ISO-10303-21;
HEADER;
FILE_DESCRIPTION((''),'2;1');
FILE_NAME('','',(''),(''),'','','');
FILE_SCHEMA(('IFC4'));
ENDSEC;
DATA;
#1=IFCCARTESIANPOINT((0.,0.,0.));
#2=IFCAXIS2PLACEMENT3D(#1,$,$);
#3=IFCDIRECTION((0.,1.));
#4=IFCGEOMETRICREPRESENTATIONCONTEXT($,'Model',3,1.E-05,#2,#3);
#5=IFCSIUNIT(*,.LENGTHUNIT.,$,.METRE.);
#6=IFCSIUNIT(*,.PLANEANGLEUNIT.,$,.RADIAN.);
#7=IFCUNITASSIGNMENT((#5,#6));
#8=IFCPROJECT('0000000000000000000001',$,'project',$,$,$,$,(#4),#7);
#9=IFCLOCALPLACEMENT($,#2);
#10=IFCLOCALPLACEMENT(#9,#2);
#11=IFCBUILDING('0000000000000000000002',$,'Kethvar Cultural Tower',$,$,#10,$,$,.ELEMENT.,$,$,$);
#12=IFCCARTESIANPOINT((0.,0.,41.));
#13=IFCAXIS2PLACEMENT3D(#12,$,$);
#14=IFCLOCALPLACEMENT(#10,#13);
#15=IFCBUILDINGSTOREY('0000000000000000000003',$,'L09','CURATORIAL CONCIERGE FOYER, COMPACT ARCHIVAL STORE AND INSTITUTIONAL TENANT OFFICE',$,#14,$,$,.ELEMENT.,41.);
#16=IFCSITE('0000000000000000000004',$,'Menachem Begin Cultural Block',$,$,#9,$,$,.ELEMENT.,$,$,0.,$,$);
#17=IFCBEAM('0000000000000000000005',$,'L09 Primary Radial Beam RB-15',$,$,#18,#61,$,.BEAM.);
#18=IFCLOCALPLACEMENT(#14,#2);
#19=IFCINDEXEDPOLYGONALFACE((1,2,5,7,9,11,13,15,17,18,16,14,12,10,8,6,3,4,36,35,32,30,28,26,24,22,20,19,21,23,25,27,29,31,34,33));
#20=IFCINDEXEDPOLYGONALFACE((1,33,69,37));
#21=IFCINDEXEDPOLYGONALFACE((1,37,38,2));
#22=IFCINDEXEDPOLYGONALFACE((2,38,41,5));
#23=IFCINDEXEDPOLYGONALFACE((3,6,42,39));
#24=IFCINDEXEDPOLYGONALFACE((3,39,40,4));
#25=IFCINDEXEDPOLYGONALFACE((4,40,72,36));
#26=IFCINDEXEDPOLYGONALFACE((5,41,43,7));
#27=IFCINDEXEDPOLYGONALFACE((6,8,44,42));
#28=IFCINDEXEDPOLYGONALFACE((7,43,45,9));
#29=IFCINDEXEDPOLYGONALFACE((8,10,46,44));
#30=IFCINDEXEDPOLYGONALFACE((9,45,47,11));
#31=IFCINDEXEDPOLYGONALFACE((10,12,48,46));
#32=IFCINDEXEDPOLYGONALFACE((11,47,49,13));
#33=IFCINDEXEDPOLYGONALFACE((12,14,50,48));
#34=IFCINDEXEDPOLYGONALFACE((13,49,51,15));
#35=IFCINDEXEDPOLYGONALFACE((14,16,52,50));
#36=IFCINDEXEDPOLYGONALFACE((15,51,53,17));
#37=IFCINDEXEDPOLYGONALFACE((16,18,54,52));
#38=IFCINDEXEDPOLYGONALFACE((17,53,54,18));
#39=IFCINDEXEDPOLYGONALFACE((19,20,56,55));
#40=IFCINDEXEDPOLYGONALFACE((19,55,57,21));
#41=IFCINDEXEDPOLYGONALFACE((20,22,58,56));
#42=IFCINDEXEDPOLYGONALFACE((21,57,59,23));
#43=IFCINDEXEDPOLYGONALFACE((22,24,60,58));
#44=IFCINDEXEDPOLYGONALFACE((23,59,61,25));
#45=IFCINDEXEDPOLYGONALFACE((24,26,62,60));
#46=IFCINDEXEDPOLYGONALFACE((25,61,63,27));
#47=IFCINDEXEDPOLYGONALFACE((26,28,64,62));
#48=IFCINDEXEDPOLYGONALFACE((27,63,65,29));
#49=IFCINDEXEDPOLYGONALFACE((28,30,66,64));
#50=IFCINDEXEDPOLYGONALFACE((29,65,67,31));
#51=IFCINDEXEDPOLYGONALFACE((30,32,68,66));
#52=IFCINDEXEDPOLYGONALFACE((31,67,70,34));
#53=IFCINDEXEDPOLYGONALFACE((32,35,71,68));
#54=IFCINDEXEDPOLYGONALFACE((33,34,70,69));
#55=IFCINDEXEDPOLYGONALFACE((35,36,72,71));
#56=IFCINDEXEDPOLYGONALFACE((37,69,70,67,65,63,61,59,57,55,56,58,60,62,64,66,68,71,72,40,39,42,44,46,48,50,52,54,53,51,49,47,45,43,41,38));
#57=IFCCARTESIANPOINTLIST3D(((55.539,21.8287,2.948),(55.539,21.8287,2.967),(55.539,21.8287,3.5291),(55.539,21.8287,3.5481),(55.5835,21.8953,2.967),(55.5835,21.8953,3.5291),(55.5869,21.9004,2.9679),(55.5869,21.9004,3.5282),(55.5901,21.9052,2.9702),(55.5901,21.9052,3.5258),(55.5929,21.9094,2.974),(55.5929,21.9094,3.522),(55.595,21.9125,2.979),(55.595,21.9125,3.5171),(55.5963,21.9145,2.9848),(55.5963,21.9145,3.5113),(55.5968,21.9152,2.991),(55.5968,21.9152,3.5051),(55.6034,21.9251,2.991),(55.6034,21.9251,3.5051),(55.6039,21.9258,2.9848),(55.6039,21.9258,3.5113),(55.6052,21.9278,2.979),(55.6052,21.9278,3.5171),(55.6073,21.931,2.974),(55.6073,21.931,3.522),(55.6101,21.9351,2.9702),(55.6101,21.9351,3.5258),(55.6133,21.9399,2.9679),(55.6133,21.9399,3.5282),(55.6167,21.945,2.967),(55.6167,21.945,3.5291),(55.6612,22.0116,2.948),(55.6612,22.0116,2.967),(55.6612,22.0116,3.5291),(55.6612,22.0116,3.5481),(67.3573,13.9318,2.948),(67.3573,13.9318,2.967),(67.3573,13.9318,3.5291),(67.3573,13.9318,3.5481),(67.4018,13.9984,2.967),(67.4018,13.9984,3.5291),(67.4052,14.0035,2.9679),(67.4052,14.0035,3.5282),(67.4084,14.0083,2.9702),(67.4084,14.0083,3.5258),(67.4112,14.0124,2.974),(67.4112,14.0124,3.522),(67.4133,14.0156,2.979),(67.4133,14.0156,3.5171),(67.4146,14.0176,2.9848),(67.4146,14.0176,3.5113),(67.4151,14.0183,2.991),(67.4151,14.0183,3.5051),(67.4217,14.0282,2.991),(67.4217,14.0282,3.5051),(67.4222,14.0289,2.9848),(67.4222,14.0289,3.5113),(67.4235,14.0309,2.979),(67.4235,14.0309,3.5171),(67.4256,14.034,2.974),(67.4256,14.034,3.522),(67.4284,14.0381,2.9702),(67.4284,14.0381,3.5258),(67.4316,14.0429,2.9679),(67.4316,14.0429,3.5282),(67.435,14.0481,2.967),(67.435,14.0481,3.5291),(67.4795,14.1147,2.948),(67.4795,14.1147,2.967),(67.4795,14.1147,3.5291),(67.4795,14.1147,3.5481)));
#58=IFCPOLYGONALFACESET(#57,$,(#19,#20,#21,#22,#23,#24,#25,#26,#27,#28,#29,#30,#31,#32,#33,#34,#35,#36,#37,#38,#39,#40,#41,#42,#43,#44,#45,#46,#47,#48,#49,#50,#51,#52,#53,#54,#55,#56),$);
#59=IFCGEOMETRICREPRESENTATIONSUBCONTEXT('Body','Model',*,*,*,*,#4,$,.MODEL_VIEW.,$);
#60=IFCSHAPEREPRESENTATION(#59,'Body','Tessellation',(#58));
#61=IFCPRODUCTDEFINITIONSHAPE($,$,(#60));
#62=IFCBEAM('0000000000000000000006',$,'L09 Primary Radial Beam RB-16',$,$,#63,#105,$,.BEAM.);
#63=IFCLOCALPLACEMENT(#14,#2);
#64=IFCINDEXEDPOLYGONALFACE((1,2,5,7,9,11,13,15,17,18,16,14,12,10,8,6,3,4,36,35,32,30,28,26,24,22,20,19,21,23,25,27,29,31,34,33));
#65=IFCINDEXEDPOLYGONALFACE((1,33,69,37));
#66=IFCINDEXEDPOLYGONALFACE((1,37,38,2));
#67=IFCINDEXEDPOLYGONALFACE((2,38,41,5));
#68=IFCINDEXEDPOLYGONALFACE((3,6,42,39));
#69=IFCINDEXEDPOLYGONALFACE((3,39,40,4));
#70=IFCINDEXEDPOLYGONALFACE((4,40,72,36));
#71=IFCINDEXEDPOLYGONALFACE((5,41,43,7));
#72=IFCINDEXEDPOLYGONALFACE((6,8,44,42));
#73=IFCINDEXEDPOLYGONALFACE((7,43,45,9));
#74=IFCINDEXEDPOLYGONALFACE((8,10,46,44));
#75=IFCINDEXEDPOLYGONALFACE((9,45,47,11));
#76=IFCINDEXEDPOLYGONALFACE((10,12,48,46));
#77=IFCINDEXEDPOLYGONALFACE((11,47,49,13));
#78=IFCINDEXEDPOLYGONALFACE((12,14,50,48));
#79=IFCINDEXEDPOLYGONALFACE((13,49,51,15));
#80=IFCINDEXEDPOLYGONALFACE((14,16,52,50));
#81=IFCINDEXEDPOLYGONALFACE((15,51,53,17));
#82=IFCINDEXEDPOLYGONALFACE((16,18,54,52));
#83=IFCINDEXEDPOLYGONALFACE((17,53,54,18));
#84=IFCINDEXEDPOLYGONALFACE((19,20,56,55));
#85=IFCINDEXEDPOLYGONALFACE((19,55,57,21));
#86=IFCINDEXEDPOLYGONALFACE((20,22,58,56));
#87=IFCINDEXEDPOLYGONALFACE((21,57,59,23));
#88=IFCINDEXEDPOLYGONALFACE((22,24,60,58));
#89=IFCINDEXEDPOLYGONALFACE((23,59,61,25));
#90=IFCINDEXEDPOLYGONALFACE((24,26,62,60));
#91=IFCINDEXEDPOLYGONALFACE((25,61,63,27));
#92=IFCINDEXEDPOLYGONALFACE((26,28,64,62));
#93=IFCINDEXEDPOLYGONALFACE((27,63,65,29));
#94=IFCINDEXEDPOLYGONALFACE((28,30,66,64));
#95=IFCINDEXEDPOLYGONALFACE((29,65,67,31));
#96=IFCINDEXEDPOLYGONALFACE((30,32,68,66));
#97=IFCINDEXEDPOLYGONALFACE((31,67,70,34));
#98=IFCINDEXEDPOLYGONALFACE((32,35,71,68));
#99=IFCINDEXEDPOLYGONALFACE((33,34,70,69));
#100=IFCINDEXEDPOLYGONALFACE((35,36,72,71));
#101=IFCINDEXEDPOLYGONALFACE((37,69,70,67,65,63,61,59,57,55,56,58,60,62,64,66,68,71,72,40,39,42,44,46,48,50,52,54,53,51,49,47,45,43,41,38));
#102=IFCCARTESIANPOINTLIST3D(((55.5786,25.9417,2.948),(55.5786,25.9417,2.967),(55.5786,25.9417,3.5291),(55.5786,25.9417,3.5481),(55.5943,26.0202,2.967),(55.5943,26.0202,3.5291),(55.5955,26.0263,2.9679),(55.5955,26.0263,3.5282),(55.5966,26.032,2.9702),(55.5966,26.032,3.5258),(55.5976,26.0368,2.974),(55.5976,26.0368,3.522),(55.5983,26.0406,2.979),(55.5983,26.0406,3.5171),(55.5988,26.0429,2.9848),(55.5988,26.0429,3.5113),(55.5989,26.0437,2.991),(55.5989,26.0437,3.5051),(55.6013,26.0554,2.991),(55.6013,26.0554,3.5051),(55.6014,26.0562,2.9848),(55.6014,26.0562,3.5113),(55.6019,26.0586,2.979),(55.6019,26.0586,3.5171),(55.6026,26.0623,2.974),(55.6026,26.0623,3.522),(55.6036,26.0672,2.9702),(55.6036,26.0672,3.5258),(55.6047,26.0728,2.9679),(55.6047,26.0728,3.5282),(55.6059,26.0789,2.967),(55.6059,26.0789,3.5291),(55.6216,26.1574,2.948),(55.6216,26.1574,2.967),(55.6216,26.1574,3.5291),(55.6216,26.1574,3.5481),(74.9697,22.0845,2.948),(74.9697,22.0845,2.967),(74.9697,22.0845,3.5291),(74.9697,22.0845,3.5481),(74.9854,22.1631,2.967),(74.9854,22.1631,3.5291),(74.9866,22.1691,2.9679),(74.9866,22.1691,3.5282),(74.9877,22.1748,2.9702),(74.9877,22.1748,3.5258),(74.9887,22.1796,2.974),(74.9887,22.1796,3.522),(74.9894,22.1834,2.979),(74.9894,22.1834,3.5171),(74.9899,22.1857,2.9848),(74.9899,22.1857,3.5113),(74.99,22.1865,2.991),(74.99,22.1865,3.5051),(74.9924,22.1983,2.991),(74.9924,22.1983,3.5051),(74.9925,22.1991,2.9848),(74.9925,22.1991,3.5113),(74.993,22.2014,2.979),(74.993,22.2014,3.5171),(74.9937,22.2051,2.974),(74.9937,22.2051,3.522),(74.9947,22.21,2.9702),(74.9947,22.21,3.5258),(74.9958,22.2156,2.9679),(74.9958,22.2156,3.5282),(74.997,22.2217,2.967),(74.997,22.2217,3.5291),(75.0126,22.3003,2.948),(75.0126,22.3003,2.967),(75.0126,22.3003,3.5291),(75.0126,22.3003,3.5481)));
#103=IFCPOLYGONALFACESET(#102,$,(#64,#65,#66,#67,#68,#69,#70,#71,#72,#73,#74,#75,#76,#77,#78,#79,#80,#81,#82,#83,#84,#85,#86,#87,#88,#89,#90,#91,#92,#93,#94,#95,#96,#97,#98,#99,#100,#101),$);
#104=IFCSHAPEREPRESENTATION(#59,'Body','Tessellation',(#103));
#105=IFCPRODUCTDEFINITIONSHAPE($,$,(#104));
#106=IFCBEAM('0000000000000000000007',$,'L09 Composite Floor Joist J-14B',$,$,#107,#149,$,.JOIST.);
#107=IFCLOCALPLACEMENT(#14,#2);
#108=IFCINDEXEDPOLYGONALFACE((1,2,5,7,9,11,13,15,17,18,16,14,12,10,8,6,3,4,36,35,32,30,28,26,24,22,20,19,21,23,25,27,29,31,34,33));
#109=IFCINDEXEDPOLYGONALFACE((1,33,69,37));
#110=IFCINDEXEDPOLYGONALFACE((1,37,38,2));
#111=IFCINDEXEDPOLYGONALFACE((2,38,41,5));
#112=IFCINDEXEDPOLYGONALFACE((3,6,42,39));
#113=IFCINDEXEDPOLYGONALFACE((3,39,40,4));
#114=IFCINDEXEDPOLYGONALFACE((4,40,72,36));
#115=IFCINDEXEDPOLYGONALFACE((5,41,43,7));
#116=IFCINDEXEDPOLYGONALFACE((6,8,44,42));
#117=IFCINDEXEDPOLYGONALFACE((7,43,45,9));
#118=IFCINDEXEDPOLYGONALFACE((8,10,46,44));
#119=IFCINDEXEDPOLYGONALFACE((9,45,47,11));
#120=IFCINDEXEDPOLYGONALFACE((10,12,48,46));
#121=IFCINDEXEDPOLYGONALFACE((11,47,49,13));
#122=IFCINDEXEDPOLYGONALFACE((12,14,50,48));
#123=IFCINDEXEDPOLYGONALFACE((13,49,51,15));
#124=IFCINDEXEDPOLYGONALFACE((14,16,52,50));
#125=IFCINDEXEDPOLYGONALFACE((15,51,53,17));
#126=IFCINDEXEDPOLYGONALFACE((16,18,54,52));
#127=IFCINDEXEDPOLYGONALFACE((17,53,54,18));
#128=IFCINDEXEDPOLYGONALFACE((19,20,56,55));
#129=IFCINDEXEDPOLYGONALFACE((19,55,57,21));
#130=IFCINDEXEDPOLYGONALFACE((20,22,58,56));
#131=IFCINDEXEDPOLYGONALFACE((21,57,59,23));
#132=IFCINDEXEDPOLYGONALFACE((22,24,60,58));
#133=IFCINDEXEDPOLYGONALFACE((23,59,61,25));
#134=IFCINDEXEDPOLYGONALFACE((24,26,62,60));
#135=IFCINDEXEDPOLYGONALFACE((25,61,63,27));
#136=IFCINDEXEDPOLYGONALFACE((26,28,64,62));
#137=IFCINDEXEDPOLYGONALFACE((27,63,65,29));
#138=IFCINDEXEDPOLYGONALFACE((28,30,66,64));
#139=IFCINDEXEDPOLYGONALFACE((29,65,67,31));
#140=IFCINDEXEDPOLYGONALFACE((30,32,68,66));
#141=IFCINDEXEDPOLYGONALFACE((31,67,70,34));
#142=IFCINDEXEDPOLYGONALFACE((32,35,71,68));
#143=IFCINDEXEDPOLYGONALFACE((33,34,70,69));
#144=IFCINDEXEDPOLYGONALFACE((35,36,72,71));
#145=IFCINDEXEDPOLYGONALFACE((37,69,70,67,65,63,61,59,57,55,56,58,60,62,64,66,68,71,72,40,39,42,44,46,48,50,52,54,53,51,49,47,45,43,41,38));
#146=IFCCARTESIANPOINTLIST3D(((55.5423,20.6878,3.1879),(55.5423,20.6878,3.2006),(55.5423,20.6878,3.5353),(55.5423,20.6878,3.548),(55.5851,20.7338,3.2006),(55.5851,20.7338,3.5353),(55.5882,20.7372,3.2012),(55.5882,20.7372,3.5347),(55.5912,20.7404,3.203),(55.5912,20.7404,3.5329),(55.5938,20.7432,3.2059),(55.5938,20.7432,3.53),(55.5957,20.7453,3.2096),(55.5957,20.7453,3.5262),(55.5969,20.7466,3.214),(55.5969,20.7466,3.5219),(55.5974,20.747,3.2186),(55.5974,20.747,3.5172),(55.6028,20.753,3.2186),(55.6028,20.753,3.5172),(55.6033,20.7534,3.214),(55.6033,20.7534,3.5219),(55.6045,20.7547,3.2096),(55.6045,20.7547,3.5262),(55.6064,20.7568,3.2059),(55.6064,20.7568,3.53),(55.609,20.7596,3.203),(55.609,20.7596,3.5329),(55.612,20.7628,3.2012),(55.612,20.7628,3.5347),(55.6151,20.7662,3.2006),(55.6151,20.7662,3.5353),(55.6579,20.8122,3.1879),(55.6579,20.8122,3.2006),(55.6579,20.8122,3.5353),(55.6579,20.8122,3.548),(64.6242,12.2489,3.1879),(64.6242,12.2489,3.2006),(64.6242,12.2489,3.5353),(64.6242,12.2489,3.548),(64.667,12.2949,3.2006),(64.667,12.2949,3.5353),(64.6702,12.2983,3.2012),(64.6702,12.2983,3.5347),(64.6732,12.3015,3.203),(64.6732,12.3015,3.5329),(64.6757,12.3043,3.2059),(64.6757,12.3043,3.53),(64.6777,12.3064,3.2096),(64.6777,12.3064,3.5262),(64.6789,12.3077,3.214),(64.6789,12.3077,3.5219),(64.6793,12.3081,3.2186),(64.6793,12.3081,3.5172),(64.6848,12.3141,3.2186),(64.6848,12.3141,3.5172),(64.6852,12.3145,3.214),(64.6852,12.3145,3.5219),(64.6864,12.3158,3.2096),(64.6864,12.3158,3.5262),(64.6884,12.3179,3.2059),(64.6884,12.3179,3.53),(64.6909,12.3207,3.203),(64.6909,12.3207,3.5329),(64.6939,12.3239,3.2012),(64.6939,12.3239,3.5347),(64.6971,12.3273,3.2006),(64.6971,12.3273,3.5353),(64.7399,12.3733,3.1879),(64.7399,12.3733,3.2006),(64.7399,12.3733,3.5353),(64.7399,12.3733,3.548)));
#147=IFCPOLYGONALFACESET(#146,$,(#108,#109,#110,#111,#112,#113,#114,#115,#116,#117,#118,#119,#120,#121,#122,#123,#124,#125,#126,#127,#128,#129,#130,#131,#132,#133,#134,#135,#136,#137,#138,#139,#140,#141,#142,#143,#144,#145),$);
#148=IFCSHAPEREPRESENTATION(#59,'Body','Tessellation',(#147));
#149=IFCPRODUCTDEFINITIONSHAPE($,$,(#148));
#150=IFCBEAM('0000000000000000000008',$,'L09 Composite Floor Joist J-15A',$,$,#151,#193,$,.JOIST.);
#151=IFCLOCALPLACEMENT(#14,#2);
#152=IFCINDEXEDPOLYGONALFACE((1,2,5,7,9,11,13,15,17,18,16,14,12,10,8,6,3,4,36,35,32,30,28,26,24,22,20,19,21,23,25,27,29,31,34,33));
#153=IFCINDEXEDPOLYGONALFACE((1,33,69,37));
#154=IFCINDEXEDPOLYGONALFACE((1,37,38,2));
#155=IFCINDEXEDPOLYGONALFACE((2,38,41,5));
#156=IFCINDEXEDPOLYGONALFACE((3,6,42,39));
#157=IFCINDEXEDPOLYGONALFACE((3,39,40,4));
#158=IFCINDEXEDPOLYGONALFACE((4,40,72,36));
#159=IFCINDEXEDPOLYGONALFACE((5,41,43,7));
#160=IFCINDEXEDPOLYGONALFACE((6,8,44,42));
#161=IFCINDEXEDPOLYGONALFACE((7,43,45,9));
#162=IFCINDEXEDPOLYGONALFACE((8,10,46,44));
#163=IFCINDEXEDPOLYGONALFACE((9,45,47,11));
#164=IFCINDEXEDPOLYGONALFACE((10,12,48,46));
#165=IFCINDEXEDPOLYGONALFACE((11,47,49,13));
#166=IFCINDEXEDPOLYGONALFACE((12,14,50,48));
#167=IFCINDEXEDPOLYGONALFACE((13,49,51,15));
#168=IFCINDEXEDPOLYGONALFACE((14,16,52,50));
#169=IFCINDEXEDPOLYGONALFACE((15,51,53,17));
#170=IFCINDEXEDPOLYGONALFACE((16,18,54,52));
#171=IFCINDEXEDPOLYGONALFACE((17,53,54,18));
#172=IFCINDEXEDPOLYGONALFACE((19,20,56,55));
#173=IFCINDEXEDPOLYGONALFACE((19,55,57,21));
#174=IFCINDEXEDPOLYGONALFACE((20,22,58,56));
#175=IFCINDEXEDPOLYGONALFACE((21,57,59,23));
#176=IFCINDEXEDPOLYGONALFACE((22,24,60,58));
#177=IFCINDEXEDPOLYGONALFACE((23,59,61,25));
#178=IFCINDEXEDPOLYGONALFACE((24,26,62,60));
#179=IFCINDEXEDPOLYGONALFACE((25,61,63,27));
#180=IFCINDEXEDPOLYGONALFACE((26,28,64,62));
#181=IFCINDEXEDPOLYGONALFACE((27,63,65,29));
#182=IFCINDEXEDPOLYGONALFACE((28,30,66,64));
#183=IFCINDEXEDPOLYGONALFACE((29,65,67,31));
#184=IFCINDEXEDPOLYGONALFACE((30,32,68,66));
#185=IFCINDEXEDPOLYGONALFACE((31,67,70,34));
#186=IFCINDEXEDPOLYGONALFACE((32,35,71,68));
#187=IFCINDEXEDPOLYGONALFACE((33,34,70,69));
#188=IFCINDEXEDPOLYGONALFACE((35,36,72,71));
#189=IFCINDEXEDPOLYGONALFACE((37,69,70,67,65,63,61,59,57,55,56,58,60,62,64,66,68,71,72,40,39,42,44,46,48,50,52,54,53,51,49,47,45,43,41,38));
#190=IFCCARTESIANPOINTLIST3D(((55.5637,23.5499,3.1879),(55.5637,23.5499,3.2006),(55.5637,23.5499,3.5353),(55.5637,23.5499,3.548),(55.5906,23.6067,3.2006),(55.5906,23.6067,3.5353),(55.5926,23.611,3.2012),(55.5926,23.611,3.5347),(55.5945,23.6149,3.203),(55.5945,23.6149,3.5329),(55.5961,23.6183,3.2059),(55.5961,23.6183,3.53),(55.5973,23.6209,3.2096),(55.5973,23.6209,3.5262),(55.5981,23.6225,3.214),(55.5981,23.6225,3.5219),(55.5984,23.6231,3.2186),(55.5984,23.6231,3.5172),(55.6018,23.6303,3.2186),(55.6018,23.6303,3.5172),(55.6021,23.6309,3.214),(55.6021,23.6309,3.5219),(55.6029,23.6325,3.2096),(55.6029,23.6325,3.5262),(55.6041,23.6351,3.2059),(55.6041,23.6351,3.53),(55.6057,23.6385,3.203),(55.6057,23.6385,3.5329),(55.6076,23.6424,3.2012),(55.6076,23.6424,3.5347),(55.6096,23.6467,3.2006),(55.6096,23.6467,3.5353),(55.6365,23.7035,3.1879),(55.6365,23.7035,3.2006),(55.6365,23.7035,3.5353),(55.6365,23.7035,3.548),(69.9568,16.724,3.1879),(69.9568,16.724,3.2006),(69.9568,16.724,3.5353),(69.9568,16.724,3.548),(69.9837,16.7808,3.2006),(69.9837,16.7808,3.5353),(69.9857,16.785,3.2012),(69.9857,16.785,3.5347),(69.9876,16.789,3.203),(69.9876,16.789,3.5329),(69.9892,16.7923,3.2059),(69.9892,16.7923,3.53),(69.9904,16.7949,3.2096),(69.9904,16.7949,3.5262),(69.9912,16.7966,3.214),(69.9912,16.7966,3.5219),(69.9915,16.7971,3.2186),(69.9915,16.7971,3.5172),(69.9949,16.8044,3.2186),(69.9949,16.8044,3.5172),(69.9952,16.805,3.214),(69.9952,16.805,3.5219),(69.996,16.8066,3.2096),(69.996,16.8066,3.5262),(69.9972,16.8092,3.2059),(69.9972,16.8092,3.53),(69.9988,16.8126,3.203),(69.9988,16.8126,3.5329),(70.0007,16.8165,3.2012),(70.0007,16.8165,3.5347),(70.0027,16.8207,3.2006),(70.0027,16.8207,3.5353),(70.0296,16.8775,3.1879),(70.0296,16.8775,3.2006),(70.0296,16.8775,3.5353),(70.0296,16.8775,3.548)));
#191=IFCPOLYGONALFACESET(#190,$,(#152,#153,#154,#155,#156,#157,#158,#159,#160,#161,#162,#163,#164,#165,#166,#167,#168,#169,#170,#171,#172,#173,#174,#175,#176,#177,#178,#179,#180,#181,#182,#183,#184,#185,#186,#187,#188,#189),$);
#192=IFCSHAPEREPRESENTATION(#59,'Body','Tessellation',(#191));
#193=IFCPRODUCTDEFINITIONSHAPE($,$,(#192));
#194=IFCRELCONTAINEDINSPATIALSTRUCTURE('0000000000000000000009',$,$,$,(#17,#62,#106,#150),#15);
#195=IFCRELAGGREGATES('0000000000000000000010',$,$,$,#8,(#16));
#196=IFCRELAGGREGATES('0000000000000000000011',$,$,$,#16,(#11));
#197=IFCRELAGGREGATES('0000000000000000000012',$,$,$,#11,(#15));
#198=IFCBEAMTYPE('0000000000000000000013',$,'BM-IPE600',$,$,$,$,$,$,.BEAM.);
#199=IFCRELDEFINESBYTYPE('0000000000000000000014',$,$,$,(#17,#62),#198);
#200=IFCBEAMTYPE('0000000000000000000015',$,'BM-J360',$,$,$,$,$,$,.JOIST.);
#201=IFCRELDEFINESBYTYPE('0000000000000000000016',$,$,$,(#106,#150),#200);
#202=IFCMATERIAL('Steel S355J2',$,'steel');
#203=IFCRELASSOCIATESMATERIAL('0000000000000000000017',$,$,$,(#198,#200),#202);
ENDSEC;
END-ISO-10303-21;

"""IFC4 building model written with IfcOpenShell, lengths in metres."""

from ifc_helpers import new_model, si_unit, direction, frame, origin, origin_2d, place, context, subcontext, project, spatial, i_section, extrude, source, transform, mapped, material, material_profile, profile_set, type_object, element, save


model = new_model("IFC4")

# Units and contexts
model_context = context("Model", 3, precision=1e-05, world=origin(), true_north=direction((0.0, 1.0)))
body_context = subcontext(model_context, "Body", "Model", "MODEL_VIEW")
ifc_project = project(units=[si_unit("LENGTHUNIT", "METRE"), si_unit("PLANEANGLEUNIT", "RADIAN")], contexts=[model_context])

# Site, building, storey
site_placement = place(None, origin())
site = spatial("IfcSite", under=ifc_project, at=site_placement, Name="Menachem Begin Cultural Block", CompositionType="ELEMENT", RefElevation=0.0)
building_placement = place(site_placement, origin())
building = spatial("IfcBuilding", under=site, at=building_placement, Name="Kethvar Cultural Tower", CompositionType="ELEMENT")
storey_placement = place(building_placement, frame((0.0, 0.0, 41.0)))
storey = spatial("IfcBuildingStorey", under=building, at=storey_placement, Name="L09", Description="CURATORIAL CONCIERGE FOYER, COMPACT ARCHIVAL STORE AND INSTITUTIONAL TENANT OFFICE", CompositionType="ELEMENT", Elevation=41.0)

# Beams
ifc_material_1 = material(Name="Steel S355J2", Category="steel")
ifc_material_profile_1 = material_profile(ifc_material_1, i_section(OverallWidth=0.22, OverallDepth=0.6001, WebThickness=0.012, FlangeThickness=0.019, FilletRadius=0.0239, at=origin_2d()), Name="Steel S355J2 — IPE600")
ifc_profile_set_1 = profile_set([ifc_material_profile_1], Name="Steel S355J2 — IPE600")
beam_type_1 = type_object("IfcBeamType", Name="BM-IPE600", PredefinedType="BEAM", material=ifc_profile_set_1)
shared_shape_1 = source(origin(), body_context, "Body", "SweptSolid", [
    extrude(i_section(OverallWidth=0.22, OverallDepth=0.6001, WebThickness=0.012, FlangeThickness=0.019, FilletRadius=0.0239, at=origin_2d()), origin(), (0.0, 0.0, 1.0), 14.2139),
])
beam_1_placement = place(storey_placement, frame((55.6001, 21.9202, 3.248), z_axis=(0.831463, -0.55558, 0.0), x_axis=(0.55558, 0.831463, 0.0)))
element("IfcBeam", 1, at=beam_1_placement, inside=storey, type_object=beam_type_1, Name="L09 Primary Radial Beam RB-15", PredefinedType="BEAM", context=body_context, shape_type="MappedRepresentation", body=[
    mapped(shared_shape_1, transform((0.0, 0.0, 0.0), scale=1.0)),
])
shared_shape_2 = source(origin(), body_context, "Body", "SweptSolid", [
    extrude(i_section(OverallWidth=0.22, OverallDepth=0.6001, WebThickness=0.012, FlangeThickness=0.019, FilletRadius=0.0239, at=origin_2d()), origin(), (0.0, 0.0, 1.0), 19.771),
])
beam_2_placement = place(storey_placement, frame((55.6001, 26.0496, 3.248), z_axis=(0.980785, -0.195093, 0.0), x_axis=(0.195093, 0.980785, 0.0)))
element("IfcBeam", 2, at=beam_2_placement, inside=storey, type_object=beam_type_1, Name="L09 Primary Radial Beam RB-16", PredefinedType="BEAM", context=body_context, shape_type="MappedRepresentation", body=[
    mapped(shared_shape_2, transform((0.0, 0.0, 0.0), scale=1.0)),
])
ifc_material_profile_2 = material_profile(ifc_material_1, i_section(OverallWidth=0.1699, OverallDepth=0.3601, WebThickness=0.0081, FlangeThickness=0.0127, FilletRadius=0.0181, at=origin_2d()), Name="Steel S355J2 — IPE360")
ifc_profile_set_2 = profile_set([ifc_material_profile_2], Name="Steel S355J2 — IPE360")
beam_type_2 = type_object("IfcBeamType", Name="BM-J360", PredefinedType="JOIST", material=ifc_profile_set_2)
shared_shape_3 = source(origin(), body_context, "Body", "SweptSolid", [
    extrude(i_section(OverallWidth=0.1699, OverallDepth=0.3601, WebThickness=0.0081, FlangeThickness=0.0127, FilletRadius=0.0181, at=origin_2d()), origin(), (0.0, 0.0, 1.0), 12.3975),
])
beam_3_placement = place(storey_placement, frame((55.6001, 20.75, 3.3679), z_axis=(0.732566, -0.680696, 0.0), x_axis=(0.680696, 0.732566, 0.0)))
element("IfcBeam", 3, at=beam_3_placement, inside=storey, type_object=beam_type_2, Name="L09 Composite Floor Joist J-14B", PredefinedType="JOIST", context=body_context, shape_type="MappedRepresentation", body=[
    mapped(shared_shape_3, transform((0.0, 0.0, 0.0), scale=1.0)),
])
shared_shape_4 = source(origin(), body_context, "Body", "SweptSolid", [
    extrude(i_section(OverallWidth=0.1699, OverallDepth=0.3601, WebThickness=0.0081, FlangeThickness=0.0127, FilletRadius=0.0181, at=origin_2d()), origin(), (0.0, 0.0, 1.0), 15.9297),
])
beam_4_placement = place(storey_placement, frame((55.6001, 23.6267, 3.3679), z_axis=(0.90354, -0.428505, 0.0), x_axis=(0.428505, 0.90354, 0.0)))
element("IfcBeam", 4, at=beam_4_placement, inside=storey, type_object=beam_type_2, Name="L09 Composite Floor Joist J-15A", PredefinedType="JOIST", context=body_context, shape_type="MappedRepresentation", body=[
    mapped(shared_shape_4, transform((0.0, 0.0, 0.0), scale=1.0)),
])

save(model, "model.ifc")
